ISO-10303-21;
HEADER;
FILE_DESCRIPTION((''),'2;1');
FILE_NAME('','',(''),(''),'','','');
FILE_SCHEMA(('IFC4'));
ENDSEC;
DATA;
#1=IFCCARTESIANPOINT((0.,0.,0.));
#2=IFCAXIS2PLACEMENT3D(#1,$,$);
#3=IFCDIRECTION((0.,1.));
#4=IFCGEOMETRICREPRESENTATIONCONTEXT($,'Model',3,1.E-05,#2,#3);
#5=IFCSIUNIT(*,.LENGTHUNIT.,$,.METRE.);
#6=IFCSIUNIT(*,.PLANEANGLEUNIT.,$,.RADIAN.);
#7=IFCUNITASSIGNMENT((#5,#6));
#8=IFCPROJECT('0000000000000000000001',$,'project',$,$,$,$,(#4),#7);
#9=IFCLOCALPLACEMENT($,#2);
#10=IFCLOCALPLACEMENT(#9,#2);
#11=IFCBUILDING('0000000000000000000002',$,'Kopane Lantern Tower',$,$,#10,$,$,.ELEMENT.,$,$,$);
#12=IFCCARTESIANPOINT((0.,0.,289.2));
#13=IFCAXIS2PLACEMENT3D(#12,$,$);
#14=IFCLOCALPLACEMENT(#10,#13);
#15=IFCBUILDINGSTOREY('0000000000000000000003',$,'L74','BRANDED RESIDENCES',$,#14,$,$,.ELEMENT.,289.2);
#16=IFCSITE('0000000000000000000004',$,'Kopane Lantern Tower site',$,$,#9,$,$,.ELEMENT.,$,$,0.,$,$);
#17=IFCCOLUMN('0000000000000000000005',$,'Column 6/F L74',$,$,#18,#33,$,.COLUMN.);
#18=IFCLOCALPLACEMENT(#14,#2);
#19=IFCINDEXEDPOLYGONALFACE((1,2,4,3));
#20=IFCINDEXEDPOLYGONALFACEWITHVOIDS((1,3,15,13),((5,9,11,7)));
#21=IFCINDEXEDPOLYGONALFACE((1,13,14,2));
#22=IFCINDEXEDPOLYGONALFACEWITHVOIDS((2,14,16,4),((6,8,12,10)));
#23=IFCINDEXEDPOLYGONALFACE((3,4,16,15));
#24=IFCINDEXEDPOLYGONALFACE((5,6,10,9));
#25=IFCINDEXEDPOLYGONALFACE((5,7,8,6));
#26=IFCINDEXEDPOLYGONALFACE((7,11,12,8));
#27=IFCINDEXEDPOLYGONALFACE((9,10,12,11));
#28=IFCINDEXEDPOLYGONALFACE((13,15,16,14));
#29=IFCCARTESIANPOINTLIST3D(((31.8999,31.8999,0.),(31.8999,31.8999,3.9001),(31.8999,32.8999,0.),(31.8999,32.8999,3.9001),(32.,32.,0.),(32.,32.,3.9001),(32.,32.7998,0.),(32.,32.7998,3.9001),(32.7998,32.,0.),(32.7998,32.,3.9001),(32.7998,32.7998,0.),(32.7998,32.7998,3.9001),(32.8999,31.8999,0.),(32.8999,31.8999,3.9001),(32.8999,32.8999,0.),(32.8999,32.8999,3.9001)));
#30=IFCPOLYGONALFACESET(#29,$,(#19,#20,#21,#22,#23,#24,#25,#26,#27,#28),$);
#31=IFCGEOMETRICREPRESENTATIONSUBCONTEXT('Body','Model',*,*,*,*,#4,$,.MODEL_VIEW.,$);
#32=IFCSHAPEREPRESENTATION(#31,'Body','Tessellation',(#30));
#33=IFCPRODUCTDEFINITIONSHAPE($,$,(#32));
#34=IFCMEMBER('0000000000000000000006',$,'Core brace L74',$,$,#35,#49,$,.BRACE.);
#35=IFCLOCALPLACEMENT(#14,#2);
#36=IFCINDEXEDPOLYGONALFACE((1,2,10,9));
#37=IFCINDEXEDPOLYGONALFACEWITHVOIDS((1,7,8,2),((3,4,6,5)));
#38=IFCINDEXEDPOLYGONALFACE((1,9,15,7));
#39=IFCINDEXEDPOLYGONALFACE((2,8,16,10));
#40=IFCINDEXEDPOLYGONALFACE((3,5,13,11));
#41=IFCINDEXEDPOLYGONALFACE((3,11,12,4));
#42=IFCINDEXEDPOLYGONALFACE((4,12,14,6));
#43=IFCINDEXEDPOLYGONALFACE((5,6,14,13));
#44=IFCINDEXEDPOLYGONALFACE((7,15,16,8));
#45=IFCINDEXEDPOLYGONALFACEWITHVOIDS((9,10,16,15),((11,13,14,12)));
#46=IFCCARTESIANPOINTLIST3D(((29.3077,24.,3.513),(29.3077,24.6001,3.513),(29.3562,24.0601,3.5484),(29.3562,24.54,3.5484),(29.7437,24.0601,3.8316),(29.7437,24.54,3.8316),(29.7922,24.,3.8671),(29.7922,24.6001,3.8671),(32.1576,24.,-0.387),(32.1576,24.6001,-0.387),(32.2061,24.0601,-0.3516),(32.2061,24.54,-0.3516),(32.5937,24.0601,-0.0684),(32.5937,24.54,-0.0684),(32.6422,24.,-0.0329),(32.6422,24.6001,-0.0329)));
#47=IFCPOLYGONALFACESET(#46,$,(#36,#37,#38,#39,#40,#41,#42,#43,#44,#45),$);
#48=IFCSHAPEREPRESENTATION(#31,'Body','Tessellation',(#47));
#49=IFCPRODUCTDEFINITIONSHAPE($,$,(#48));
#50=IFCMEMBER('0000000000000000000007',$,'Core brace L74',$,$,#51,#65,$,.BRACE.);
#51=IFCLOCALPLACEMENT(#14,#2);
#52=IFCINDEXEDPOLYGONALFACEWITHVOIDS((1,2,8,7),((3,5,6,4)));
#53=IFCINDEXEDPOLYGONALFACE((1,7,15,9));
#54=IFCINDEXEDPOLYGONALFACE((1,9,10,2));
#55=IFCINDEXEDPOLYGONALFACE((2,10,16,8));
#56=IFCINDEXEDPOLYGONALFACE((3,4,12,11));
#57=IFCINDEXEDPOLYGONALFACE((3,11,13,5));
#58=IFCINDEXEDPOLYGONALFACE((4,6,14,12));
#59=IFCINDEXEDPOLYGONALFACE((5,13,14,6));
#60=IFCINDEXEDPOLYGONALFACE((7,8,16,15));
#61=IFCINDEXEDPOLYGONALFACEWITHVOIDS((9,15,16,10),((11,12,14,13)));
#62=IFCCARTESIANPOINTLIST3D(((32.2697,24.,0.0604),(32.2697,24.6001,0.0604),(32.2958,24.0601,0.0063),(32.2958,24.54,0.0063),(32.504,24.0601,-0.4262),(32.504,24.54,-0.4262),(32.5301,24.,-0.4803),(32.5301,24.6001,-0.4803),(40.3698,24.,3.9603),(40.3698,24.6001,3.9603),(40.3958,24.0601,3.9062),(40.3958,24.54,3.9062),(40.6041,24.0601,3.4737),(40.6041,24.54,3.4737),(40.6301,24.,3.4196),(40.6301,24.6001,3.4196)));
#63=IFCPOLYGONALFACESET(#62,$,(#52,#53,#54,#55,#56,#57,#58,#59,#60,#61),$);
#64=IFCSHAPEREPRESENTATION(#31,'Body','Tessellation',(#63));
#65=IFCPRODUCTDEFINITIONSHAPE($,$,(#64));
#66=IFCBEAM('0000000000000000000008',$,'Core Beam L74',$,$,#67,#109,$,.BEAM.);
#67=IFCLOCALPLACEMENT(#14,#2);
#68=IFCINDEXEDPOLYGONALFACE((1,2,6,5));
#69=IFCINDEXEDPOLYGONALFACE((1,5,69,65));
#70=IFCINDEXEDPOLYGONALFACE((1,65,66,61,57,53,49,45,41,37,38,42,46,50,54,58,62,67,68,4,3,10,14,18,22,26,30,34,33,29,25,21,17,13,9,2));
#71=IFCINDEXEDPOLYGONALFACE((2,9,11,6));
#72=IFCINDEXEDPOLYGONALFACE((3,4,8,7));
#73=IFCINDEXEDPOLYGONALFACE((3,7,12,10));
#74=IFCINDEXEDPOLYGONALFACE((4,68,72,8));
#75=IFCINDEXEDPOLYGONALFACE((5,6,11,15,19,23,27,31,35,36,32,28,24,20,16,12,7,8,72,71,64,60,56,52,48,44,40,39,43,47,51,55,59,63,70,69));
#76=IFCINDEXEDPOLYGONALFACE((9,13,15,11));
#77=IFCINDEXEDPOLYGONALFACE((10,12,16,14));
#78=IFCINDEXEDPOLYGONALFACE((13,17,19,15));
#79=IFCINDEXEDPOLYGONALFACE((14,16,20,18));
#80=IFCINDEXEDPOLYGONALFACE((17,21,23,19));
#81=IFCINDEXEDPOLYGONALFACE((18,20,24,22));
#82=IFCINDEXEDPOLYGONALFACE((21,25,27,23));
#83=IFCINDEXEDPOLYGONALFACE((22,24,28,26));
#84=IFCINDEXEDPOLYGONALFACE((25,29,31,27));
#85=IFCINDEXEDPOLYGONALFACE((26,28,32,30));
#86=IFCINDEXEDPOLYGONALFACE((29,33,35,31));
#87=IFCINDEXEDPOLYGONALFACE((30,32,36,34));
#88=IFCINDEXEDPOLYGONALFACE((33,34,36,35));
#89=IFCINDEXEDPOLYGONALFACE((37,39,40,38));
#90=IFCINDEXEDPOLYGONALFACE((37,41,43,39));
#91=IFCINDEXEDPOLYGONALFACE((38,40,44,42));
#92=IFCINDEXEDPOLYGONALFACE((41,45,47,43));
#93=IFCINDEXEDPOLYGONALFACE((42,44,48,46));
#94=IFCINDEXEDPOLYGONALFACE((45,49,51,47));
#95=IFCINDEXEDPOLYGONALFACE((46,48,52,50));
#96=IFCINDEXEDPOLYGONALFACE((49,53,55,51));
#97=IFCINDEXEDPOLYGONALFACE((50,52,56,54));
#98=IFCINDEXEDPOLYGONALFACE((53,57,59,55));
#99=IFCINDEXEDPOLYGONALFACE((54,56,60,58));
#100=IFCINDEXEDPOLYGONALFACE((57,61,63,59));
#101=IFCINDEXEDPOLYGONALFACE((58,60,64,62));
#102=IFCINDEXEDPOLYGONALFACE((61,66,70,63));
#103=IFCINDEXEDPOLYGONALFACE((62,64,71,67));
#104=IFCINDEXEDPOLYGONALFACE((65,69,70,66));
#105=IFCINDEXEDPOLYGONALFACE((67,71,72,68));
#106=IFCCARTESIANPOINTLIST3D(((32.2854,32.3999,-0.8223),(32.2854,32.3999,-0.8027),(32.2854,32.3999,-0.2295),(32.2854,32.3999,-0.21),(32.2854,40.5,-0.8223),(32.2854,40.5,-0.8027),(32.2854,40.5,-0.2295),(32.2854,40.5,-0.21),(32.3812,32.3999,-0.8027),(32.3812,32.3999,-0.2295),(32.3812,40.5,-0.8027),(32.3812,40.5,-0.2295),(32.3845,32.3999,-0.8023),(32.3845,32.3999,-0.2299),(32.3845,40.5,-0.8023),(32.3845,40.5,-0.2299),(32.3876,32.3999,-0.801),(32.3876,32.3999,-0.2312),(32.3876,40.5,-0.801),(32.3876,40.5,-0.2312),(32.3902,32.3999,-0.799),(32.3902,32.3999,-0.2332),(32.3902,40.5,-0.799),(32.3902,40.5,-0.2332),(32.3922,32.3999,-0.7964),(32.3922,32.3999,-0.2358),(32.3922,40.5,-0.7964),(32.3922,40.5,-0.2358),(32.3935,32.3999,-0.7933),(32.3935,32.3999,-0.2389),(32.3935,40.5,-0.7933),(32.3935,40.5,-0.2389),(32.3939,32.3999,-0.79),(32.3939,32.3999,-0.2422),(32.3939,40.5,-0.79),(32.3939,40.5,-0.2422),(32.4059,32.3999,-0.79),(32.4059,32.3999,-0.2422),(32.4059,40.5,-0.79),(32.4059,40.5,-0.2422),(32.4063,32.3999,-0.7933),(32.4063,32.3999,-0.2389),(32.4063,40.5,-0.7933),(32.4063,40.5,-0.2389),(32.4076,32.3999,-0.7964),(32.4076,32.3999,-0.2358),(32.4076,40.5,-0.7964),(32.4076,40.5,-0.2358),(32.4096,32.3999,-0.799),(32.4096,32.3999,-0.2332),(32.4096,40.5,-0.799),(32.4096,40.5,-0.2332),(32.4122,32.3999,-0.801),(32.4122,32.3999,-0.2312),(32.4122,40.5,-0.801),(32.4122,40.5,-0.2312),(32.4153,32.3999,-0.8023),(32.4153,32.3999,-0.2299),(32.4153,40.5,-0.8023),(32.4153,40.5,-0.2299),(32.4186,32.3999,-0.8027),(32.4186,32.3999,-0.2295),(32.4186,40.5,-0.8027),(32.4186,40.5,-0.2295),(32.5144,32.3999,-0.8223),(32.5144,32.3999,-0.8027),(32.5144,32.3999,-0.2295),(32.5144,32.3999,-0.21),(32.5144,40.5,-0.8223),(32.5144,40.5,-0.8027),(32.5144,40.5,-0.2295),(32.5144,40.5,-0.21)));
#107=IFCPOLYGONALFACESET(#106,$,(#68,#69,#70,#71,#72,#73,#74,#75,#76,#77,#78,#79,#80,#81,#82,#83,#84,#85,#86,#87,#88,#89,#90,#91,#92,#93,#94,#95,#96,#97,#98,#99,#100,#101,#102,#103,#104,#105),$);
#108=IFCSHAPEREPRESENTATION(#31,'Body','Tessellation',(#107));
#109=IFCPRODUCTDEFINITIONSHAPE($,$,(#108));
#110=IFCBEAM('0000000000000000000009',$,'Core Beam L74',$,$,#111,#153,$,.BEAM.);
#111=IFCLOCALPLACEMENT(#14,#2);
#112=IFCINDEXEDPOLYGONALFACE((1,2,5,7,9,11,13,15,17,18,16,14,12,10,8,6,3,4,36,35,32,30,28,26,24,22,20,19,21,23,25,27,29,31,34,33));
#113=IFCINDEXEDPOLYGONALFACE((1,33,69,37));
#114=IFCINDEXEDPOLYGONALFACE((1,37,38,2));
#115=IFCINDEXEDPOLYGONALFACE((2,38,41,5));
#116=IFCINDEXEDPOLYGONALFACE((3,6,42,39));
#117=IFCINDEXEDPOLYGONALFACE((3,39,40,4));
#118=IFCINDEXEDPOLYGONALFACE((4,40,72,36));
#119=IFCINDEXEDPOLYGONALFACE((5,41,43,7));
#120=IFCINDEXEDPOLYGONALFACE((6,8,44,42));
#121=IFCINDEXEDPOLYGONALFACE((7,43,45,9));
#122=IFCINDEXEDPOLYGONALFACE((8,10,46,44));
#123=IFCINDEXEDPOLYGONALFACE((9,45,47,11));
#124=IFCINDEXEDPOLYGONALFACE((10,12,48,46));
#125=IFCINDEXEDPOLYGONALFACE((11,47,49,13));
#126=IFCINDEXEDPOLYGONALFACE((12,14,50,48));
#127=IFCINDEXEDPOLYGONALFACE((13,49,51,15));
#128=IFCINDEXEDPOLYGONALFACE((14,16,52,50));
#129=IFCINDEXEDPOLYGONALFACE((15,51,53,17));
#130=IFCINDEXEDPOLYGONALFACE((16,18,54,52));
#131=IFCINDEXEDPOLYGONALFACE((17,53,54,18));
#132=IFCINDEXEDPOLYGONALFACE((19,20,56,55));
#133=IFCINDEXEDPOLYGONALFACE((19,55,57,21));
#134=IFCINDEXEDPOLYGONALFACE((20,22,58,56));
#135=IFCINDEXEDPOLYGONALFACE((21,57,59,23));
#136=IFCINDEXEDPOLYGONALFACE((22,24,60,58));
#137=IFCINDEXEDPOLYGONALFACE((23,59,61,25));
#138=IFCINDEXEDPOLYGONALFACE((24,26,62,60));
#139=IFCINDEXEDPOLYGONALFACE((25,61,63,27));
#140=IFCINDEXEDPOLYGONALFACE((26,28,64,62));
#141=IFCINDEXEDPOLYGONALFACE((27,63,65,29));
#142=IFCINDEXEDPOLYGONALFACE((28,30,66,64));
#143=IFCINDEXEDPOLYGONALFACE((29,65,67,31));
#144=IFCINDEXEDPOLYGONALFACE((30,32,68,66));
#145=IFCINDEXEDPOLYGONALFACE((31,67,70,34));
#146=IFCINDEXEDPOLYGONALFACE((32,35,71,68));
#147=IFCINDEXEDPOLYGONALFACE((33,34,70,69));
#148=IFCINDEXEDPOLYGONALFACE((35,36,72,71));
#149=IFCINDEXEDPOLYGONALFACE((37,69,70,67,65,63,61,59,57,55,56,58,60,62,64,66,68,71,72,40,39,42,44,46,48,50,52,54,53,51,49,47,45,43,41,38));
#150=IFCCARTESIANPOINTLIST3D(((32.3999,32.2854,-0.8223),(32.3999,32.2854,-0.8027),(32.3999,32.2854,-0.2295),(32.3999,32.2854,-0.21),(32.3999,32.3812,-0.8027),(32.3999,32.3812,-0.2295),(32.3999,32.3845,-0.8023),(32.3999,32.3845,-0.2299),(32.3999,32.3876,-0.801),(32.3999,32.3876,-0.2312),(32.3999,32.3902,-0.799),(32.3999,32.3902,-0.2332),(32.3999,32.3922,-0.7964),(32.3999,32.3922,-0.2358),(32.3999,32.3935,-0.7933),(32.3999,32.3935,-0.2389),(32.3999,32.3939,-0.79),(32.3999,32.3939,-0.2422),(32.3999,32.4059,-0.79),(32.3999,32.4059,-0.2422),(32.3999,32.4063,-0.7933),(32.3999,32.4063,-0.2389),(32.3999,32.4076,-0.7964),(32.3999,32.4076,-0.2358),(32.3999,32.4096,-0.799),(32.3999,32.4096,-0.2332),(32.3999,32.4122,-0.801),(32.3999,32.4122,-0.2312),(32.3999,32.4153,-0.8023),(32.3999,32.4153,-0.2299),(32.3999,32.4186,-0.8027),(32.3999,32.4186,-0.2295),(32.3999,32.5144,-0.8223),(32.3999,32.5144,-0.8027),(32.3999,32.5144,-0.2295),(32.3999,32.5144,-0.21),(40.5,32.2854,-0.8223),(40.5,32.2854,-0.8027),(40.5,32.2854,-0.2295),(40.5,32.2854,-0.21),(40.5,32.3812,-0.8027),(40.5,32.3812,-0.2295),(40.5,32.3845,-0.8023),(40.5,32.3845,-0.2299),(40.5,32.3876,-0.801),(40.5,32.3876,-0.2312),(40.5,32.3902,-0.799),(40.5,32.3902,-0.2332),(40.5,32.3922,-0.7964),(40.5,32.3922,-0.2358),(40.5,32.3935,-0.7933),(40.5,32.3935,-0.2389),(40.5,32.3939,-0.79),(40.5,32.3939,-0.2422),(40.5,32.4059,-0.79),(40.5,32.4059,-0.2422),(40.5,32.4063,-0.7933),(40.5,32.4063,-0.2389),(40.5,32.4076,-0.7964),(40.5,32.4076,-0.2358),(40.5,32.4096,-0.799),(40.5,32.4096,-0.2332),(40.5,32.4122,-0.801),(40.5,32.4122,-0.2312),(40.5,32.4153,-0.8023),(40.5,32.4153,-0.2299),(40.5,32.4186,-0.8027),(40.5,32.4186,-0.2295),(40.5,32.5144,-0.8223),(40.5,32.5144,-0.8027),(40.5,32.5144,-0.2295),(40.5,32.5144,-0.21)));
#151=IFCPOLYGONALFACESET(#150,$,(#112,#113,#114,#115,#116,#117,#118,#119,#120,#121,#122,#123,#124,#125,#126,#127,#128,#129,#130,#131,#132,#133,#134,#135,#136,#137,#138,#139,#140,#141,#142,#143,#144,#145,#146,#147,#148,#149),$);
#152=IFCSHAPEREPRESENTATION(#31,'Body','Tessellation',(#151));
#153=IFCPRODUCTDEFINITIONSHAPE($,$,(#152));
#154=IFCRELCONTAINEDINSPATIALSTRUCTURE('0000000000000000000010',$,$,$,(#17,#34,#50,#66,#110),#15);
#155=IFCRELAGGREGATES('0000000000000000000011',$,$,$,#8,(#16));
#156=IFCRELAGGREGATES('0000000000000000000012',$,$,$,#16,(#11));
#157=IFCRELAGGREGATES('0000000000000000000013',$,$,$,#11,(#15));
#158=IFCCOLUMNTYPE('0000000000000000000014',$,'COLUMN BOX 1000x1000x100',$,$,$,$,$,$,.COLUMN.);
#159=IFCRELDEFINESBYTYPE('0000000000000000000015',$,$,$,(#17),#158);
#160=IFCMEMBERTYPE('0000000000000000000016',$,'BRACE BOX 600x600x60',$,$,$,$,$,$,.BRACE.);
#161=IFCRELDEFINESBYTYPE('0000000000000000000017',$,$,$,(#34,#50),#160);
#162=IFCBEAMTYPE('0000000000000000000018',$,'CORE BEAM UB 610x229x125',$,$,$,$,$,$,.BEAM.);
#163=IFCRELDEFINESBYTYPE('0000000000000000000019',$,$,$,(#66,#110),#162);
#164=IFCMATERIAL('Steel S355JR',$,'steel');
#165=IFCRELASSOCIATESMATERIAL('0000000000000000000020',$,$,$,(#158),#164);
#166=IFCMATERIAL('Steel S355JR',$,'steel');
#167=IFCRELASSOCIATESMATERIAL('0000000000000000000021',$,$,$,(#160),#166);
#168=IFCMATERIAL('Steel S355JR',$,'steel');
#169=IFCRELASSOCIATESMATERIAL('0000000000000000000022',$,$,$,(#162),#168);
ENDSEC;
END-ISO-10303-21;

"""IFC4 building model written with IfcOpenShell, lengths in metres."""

from ifc_helpers import new_model, si_unit, direction, frame, origin, origin_2d, place, context, subcontext, project, spatial, hollow_rectangle, i_section, extrude, material, material_profile, profile_set, type_object, element, save


model = new_model("IFC4")

# Units and contexts
model_context = context("Model", 3, precision=1e-05, world=origin(), true_north=direction((0.0, 1.0)))
body_context = subcontext(model_context, "Body", "Model", "MODEL_VIEW")
ifc_project = project(units=[si_unit("LENGTHUNIT", "METRE"), si_unit("PLANEANGLEUNIT", "RADIAN")], contexts=[model_context])

# Site, building, storey
site_placement = place(None, origin())
site = spatial("IfcSite", under=ifc_project, at=site_placement, Name="Kopane Lantern Tower site", CompositionType="ELEMENT", RefElevation=0.0)
building_placement = place(site_placement, origin())
building = spatial("IfcBuilding", under=site, at=building_placement, Name="Kopane Lantern Tower", CompositionType="ELEMENT")
storey_placement = place(building_placement, frame((0.0, 0.0, 289.2)))
storey = spatial("IfcBuildingStorey", under=building, at=storey_placement, Name="L74", Description="BRANDED RESIDENCES", CompositionType="ELEMENT", Elevation=289.2)

# Column
ifc_material_1 = material(Name="Steel S355JR", Category="steel")
ifc_material_profile_1 = material_profile(ifc_material_1, hollow_rectangle(XDim=1.0, YDim=1.0, WallThickness=0.1001, at=origin_2d()), Name="BOX 1000x1000x100")
ifc_profile_set_1 = profile_set([ifc_material_profile_1], Name="Steel S355JR")
column_type = type_object("IfcColumnType", Name="COLUMN BOX 1000x1000x100", PredefinedType="COLUMN", material=ifc_profile_set_1)
column_placement = place(storey_placement, frame((32.3999, 32.3999, 0.0), z_axis=(0.0, 0.0, 1.0), x_axis=(1.0, 0.0, 0.0)))
element("IfcColumn", 1, at=column_placement, inside=storey, type_object=column_type, Name="Column 6/F L74", PredefinedType="COLUMN", context=body_context, shape_type="SweptSolid", body=[
    extrude(hollow_rectangle(XDim=1.0, YDim=1.0, WallThickness=0.1001, at=origin_2d()), origin(), (0.0, 0.0, 1.0), 3.9001),
])

# Members
ifc_material_2 = material(Name="Steel S355JR", Category="steel")
ifc_material_profile_2 = material_profile(ifc_material_2, hollow_rectangle(XDim=0.6001, YDim=0.6001, WallThickness=0.0601, at=origin_2d()), Name="BOX 600x600x60")
ifc_profile_set_2 = profile_set([ifc_material_profile_2], Name="Steel S355JR")
member_type = type_object("IfcMemberType", Name="BRACE BOX 600x600x60", PredefinedType="BRACE", material=ifc_profile_set_2)
member_1_placement = place(storey_placement, frame((32.3999, 24.3, -0.21), z_axis=(-0.590006, 0.0, 0.807399), x_axis=(0.0, -1.0, 0.0)))
element("IfcMember", 2, at=member_1_placement, inside=storey, type_object=member_type, Name="Core brace L74", PredefinedType="BRACE", context=body_context, shape_type="SweptSolid", body=[
    extrude(hollow_rectangle(XDim=0.6001, YDim=0.6001, WallThickness=0.0601, at=origin_2d()), origin(), (0.0, 0.0, 1.0), 4.8303),
])
member_2_placement = place(storey_placement, frame((32.3999, 24.3, -0.21), z_axis=(0.901008, 0.0, 0.433803), x_axis=(0.0, 1.0, 0.0)))
element("IfcMember", 3, at=member_2_placement, inside=storey, type_object=member_type, Name="Core brace L74", PredefinedType="BRACE", context=body_context, shape_type="SweptSolid", body=[
    extrude(hollow_rectangle(XDim=0.6001, YDim=0.6001, WallThickness=0.0601, at=origin_2d()), origin(), (0.0, 0.0, 1.0), 8.99),
])

# Beams
ifc_material_3 = material(Name="Steel S355JR", Category="steel")
ifc_material_profile_3 = material_profile(ifc_material_3, i_section(OverallWidth=0.229, OverallDepth=0.6123, WebThickness=0.012, FlangeThickness=0.0195, FilletRadius=0.0127, at=origin_2d()), Name="UB 610x229x125")
ifc_profile_set_3 = profile_set([ifc_material_profile_3], Name="Steel S355JR")
beam_type = type_object("IfcBeamType", Name="CORE BEAM UB 610x229x125", PredefinedType="BEAM", material=ifc_profile_set_3)
for number, where, z_axis, x_axis, name in (
    (4, (32.3999, 32.3999, -0.5161), (0.0, 1.0, 0.0), (-1.0, 0.0, 0.0), "Core Beam L74"),
    (5, (32.3999, 32.3999, -0.5161), (1.0, 0.0, 0.0), (0.0, 1.0, 0.0), "Core Beam L74"),
):
    element("IfcBeam", number, at=place(storey_placement, frame(where, z_axis=z_axis, x_axis=x_axis)), inside=storey, type_object=beam_type, Name=name, PredefinedType="BEAM", context=body_context, shape_type="SweptSolid", body=[
        extrude(i_section(OverallWidth=0.229, OverallDepth=0.6123, WebThickness=0.012, FlangeThickness=0.0195, FilletRadius=0.0127, at=origin_2d()), origin(), (0.0, 0.0, 1.0), 8.1001),
    ])

save(model, "model.ifc")
